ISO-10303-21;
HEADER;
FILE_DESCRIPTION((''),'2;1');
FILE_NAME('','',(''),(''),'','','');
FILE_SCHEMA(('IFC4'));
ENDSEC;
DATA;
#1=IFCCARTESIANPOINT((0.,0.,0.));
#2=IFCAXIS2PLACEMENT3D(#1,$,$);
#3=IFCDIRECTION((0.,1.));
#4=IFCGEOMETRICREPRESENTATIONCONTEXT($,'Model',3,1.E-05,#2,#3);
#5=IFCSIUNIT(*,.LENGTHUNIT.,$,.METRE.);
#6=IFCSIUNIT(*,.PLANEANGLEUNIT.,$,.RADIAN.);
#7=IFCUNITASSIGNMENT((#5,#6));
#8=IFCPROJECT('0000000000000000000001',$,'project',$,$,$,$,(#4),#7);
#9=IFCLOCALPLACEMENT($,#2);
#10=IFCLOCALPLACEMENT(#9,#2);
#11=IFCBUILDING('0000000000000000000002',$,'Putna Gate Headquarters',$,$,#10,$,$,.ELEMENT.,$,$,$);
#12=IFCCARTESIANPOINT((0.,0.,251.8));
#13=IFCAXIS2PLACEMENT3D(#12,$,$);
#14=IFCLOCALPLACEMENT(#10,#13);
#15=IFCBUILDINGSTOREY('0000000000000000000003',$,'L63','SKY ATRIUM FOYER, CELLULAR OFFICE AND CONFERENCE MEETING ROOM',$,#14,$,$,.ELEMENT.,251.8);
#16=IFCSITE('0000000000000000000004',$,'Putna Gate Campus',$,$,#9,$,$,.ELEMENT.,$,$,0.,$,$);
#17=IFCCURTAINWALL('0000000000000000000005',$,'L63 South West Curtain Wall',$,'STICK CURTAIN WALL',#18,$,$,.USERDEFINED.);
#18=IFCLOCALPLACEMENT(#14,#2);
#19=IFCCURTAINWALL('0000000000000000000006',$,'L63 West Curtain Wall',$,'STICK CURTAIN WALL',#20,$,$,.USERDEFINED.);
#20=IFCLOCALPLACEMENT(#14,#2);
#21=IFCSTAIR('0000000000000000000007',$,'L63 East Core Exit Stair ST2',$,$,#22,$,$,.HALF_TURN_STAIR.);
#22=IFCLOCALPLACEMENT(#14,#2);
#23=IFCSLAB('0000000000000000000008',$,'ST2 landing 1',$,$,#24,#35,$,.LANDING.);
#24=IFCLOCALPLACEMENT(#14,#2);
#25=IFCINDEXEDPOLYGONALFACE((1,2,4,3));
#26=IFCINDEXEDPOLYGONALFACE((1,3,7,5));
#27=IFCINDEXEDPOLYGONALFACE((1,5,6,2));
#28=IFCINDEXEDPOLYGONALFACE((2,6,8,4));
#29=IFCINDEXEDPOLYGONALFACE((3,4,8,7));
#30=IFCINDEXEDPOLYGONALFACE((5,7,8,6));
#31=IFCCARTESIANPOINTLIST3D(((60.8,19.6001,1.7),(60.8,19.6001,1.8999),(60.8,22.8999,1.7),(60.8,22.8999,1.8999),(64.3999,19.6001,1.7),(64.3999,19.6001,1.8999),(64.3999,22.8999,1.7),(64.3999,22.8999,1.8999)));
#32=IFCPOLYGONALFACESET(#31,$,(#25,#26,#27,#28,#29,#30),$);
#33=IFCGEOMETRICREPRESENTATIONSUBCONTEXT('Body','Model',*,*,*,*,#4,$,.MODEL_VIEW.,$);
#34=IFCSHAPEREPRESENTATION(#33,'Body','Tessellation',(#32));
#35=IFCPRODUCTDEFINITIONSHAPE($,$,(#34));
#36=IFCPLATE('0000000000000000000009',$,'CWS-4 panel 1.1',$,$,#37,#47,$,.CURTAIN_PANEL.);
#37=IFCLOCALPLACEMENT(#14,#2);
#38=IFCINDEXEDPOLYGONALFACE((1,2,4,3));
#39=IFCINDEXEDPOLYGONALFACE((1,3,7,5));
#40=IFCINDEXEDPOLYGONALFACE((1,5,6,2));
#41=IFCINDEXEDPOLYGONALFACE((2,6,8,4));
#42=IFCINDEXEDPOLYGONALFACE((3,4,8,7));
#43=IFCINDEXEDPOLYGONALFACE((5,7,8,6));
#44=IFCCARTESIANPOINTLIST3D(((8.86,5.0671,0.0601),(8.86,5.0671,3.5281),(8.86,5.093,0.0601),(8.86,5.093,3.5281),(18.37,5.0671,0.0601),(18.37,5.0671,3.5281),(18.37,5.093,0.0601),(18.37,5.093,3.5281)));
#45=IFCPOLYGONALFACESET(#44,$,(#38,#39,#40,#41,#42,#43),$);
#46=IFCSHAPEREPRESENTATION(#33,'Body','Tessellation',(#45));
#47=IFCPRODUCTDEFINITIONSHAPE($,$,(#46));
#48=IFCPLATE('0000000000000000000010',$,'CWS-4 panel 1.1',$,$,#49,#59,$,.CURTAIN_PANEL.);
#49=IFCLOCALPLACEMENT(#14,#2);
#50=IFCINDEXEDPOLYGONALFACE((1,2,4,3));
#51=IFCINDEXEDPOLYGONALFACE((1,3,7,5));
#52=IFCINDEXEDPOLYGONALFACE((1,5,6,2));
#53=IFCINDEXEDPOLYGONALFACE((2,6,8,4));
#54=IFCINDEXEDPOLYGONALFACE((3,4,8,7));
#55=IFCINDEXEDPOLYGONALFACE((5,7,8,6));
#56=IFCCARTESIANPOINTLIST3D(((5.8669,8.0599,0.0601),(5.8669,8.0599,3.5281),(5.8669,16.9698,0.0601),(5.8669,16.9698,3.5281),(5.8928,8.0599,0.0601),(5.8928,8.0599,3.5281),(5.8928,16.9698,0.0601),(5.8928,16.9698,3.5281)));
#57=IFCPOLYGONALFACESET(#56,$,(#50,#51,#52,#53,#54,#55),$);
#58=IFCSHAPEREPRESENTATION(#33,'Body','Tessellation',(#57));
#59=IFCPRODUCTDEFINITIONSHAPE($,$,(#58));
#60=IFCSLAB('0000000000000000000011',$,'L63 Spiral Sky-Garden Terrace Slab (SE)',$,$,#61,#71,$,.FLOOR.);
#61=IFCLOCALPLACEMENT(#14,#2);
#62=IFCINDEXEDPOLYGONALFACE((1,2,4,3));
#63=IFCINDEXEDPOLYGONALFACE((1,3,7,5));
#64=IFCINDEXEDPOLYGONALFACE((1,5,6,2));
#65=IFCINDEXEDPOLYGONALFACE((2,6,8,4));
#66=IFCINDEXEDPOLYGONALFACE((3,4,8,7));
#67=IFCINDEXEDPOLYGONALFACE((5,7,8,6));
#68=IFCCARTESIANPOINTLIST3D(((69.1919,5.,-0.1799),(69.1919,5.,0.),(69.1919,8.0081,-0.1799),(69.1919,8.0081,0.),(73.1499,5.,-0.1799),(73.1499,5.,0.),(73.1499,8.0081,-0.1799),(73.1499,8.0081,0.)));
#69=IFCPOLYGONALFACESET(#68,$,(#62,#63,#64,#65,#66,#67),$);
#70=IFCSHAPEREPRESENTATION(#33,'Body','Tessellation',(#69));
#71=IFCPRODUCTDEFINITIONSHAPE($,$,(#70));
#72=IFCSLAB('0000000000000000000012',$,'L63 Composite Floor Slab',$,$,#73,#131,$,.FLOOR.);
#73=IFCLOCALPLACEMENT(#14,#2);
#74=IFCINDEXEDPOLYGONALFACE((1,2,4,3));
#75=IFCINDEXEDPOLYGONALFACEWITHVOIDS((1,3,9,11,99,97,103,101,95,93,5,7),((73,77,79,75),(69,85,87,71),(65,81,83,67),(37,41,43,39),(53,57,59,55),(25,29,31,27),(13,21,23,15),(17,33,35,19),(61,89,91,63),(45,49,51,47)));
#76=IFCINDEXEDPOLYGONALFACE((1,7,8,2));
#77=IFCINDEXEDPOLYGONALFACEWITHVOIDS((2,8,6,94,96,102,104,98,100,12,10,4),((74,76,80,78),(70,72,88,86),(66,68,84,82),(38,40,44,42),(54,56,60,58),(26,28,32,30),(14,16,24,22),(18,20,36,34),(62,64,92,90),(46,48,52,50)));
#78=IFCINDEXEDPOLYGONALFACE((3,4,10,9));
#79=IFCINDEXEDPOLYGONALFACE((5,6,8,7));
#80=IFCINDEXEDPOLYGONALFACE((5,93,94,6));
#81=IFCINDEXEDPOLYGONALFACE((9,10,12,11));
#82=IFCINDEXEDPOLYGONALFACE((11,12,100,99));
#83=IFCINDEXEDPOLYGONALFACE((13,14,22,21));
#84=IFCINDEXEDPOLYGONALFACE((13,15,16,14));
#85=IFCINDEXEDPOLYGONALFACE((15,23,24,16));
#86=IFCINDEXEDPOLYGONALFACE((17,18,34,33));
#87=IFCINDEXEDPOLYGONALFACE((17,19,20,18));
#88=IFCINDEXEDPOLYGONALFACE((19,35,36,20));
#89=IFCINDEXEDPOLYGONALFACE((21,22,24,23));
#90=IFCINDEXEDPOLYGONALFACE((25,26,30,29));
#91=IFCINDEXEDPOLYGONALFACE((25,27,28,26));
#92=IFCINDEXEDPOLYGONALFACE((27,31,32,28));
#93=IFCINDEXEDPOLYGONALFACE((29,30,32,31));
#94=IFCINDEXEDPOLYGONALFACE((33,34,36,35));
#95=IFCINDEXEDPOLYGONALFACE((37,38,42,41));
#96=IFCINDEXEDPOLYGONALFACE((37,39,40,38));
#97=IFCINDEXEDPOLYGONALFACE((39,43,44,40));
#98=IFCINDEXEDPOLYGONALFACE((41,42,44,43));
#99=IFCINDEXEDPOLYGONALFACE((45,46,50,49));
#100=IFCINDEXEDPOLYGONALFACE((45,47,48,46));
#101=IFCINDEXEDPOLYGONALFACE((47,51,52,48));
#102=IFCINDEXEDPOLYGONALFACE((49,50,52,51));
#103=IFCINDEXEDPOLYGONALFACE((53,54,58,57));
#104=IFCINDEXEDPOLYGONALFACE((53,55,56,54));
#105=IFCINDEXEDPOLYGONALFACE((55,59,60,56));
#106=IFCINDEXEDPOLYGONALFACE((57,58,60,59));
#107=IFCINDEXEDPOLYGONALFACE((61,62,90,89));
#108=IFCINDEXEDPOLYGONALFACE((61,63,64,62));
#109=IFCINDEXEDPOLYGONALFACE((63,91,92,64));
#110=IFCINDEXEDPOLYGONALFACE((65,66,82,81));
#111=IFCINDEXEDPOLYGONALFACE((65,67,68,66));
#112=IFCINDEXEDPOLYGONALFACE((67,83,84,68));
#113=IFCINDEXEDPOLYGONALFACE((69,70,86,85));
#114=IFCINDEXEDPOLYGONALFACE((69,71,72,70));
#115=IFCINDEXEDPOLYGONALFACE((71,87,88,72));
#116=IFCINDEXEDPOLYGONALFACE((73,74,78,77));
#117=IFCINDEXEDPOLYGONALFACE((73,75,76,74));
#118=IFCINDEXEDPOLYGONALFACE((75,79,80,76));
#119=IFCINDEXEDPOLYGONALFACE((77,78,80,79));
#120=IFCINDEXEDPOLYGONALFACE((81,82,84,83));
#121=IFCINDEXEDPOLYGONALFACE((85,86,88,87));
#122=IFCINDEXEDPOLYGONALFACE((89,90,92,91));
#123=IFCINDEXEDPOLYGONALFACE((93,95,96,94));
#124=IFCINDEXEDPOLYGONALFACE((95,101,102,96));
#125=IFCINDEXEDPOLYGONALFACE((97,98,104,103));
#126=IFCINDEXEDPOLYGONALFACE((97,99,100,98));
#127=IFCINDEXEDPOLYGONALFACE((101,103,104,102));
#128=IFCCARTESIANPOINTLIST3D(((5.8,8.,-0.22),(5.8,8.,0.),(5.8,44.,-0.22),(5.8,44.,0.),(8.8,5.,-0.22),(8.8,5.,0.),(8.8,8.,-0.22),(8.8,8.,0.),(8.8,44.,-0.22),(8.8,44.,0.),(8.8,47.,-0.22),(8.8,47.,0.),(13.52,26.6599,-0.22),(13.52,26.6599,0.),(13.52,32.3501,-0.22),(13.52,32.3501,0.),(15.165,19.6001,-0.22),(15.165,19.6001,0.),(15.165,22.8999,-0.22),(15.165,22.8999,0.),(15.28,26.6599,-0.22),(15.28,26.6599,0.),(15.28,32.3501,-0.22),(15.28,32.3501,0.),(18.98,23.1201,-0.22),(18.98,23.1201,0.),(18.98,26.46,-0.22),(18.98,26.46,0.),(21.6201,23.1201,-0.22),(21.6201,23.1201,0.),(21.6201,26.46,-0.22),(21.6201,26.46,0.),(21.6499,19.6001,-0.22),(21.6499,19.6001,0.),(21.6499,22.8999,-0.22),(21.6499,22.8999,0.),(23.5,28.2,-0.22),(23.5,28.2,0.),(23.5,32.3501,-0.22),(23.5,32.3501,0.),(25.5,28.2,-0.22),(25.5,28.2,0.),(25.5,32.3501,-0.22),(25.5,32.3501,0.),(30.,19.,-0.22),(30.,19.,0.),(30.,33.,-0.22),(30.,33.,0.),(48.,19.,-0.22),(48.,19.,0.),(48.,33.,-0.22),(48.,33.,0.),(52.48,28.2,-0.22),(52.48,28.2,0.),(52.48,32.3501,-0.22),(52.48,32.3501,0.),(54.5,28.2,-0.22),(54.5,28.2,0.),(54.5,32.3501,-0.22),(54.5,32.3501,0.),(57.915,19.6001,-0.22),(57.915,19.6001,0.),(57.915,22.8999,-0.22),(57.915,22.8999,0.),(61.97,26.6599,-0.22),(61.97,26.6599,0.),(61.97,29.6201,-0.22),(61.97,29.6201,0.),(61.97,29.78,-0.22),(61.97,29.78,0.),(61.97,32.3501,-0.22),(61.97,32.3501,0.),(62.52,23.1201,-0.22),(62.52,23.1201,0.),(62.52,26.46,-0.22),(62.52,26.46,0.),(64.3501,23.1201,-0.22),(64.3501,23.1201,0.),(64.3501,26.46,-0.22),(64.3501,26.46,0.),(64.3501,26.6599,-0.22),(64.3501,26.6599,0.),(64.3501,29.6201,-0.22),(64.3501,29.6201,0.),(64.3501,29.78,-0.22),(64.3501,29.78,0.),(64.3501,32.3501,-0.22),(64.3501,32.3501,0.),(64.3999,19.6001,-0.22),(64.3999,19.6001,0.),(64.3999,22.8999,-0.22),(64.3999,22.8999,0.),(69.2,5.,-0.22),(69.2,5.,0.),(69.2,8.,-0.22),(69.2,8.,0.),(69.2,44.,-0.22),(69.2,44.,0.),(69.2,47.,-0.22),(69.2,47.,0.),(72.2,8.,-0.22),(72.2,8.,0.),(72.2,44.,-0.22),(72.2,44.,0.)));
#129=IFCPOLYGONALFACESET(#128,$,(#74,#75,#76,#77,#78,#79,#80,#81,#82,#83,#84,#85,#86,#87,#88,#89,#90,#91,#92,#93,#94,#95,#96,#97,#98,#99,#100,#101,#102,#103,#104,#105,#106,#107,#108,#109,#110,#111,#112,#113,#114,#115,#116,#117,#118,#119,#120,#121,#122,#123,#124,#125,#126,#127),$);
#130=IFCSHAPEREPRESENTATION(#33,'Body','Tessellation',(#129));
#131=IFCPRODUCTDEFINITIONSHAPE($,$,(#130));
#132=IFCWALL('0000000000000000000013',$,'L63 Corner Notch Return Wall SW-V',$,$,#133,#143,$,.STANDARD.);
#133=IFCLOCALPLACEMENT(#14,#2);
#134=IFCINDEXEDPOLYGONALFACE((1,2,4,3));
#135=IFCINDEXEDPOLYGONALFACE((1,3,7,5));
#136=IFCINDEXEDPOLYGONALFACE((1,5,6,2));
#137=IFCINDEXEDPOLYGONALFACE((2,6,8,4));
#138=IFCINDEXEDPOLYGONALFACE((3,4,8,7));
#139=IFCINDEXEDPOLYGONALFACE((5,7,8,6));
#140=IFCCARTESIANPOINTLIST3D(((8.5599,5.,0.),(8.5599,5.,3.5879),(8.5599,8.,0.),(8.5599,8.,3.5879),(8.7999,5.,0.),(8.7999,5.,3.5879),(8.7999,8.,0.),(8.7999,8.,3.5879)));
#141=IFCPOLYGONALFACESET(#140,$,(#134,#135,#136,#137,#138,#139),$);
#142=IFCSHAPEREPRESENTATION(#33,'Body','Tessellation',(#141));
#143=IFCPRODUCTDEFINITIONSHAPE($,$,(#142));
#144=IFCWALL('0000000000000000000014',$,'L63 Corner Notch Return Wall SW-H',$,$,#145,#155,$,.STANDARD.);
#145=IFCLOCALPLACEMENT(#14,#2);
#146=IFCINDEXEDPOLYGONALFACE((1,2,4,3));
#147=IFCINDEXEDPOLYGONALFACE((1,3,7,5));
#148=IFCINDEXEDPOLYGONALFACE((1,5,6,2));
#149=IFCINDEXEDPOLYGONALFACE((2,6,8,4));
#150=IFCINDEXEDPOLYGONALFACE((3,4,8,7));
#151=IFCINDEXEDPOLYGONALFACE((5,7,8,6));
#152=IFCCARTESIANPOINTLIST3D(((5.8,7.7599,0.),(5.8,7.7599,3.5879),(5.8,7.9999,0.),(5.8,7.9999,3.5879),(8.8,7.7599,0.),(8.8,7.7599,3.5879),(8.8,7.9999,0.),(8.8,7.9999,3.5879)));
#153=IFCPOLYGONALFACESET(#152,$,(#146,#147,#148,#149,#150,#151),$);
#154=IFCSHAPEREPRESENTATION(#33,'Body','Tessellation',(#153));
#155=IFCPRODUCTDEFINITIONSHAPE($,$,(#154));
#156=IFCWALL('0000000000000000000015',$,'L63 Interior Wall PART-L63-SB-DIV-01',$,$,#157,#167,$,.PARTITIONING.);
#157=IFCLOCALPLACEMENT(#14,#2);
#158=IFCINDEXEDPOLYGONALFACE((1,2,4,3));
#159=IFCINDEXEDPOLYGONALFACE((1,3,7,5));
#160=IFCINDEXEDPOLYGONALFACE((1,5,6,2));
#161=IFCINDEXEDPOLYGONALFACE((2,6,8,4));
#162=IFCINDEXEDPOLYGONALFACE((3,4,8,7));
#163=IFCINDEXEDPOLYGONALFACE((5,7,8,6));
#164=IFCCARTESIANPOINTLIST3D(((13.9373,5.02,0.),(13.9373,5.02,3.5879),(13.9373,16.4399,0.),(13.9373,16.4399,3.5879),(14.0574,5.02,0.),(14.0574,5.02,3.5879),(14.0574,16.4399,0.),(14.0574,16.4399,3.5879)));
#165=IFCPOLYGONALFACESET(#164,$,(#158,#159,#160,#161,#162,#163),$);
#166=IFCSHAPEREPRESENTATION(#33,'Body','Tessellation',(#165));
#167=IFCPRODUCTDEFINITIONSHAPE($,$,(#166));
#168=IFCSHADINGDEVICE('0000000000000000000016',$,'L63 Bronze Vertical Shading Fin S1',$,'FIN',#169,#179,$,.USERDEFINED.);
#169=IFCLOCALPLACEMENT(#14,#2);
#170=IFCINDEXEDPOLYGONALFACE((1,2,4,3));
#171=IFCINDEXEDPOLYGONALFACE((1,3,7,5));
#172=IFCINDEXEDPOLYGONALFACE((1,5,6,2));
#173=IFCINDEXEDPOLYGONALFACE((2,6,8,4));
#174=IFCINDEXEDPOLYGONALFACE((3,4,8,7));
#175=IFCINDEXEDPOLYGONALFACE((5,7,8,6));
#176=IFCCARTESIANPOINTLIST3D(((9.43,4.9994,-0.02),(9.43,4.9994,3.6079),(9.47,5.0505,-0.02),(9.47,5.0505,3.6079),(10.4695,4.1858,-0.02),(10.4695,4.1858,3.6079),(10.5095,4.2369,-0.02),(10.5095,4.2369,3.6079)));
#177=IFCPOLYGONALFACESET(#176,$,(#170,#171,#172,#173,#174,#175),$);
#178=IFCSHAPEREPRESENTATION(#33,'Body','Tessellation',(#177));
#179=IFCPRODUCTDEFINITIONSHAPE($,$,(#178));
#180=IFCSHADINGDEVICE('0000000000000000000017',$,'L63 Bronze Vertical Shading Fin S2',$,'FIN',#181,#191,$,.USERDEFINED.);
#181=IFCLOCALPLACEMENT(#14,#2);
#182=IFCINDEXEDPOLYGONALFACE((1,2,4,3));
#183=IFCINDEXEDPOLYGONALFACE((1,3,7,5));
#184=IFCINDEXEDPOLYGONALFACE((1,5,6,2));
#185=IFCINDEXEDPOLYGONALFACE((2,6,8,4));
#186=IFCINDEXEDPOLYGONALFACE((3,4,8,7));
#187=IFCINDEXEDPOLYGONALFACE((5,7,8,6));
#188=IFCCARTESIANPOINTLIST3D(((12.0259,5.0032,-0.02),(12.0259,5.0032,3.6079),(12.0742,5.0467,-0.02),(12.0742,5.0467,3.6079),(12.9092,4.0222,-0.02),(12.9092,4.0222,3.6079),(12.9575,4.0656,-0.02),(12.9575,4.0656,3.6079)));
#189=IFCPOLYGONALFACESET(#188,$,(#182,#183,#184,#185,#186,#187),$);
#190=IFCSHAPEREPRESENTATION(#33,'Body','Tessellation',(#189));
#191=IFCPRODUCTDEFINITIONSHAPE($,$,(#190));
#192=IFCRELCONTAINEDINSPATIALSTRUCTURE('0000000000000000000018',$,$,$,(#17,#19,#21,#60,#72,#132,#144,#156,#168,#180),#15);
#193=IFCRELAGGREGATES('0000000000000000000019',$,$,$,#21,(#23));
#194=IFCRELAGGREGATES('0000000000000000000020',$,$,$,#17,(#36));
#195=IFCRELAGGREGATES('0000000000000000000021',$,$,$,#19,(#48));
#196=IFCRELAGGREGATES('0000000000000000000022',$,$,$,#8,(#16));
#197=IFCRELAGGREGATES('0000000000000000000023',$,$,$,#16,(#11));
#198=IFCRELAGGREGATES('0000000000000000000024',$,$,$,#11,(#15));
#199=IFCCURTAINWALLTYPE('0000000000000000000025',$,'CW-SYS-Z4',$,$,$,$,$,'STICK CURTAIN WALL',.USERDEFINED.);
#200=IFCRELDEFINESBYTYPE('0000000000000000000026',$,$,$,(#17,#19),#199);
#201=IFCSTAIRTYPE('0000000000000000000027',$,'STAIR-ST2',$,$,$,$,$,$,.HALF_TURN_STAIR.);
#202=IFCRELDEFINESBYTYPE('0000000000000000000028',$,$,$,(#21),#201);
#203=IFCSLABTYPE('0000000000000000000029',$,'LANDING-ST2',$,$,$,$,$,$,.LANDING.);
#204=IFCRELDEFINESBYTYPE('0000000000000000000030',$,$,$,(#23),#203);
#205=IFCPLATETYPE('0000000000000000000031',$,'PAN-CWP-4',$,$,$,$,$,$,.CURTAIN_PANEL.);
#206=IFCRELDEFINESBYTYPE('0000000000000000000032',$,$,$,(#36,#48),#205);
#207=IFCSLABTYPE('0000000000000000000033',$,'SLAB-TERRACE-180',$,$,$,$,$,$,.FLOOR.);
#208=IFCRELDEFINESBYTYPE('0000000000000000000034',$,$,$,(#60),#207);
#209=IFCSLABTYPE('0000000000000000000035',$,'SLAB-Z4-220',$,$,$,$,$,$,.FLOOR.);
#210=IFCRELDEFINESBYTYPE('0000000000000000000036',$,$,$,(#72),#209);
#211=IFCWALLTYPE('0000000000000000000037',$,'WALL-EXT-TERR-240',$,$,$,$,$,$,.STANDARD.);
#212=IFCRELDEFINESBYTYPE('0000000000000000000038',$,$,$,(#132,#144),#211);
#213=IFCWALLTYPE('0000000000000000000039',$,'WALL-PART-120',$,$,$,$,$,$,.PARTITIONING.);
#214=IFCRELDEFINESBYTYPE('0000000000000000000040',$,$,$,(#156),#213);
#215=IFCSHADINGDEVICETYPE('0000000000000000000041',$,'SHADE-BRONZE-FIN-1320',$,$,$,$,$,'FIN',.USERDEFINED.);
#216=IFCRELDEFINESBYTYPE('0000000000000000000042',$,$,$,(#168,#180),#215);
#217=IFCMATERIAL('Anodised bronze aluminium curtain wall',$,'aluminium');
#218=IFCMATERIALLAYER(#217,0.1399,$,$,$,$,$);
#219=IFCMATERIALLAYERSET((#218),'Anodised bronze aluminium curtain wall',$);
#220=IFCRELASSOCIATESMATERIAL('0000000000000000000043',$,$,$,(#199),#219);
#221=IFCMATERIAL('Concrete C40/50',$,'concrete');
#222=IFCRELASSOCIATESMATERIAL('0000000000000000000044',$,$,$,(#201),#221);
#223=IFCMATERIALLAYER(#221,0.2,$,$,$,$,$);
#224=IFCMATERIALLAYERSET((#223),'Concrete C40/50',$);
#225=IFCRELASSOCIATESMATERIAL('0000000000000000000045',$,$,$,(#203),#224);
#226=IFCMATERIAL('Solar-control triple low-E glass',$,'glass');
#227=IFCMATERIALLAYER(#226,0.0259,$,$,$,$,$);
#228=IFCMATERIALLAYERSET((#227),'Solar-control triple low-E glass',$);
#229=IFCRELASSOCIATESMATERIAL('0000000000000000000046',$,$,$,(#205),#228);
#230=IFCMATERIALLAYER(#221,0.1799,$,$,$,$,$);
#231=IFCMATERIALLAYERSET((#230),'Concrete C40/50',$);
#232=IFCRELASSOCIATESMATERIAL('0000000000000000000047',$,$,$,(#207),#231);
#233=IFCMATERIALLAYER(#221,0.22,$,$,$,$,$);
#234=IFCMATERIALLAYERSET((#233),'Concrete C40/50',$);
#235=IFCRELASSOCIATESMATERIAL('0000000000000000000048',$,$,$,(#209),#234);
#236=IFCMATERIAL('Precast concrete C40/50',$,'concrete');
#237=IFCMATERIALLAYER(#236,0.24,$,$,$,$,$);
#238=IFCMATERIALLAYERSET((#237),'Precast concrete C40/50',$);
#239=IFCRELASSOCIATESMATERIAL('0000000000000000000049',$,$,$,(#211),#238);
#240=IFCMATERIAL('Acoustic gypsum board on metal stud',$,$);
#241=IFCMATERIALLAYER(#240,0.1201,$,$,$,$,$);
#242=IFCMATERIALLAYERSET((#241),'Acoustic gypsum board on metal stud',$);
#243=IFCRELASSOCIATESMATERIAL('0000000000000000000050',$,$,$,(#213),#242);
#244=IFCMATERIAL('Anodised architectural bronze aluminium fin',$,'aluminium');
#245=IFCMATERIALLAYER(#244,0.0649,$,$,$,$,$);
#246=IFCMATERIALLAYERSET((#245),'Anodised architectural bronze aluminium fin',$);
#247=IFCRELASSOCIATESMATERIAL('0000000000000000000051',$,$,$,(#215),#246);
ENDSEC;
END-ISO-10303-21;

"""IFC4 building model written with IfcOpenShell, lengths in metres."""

from ifc_helpers import new_model, si_unit, direction, frame, frame_2d, origin, origin_2d, place, context, subcontext, project, spatial, polyline, rectangle, outline, extrude, material, layer, layer_set, type_object, element, aggregate, save


model = new_model("IFC4")

# Units and contexts
model_context = context("Model", 3, precision=1e-05, world=origin(), true_north=direction((0.0, 1.0)))
body_context = subcontext(model_context, "Body", "Model", "MODEL_VIEW")
ifc_project = project(units=[si_unit("LENGTHUNIT", "METRE"), si_unit("PLANEANGLEUNIT", "RADIAN")], contexts=[model_context])

# Site, building, storey
site_placement = place(None, origin())
site = spatial("IfcSite", under=ifc_project, at=site_placement, Name="Putna Gate Campus", CompositionType="ELEMENT", RefElevation=0.0)
building_placement = place(site_placement, origin())
building = spatial("IfcBuilding", under=site, at=building_placement, Name="Putna Gate Headquarters", CompositionType="ELEMENT")
storey_placement = place(building_placement, frame((0.0, 0.0, 251.8)))
storey = spatial("IfcBuildingStorey", under=building, at=storey_placement, Name="L63", Description="SKY ATRIUM FOYER, CELLULAR OFFICE AND CONFERENCE MEETING ROOM", CompositionType="ELEMENT", Elevation=251.8)

# Curtain walls
ifc_material_1 = material(Name="Anodised bronze aluminium curtain wall", Category="aluminium")
ifc_layer_1 = layer(ifc_material_1, 0.1399)
ifc_layer_set_1 = layer_set([ifc_layer_1], Name="Anodised bronze aluminium curtain wall")
curtain_wall_type = type_object("IfcCurtainWallType", Name="CW-SYS-Z4", ElementType="STICK CURTAIN WALL", PredefinedType="USERDEFINED", material=ifc_layer_set_1)
curtain_wall_1_placement = place(storey_placement, origin())
curtain_wall_1 = element("IfcCurtainWall", 1, at=curtain_wall_1_placement, inside=storey, type_object=curtain_wall_type, Name="L63 South West Curtain Wall", ObjectType="STICK CURTAIN WALL", PredefinedType="USERDEFINED")
curtain_wall_2_placement = place(storey_placement, origin())
curtain_wall_2 = element("IfcCurtainWall", 2, at=curtain_wall_2_placement, inside=storey, type_object=curtain_wall_type, Name="L63 West Curtain Wall", ObjectType="STICK CURTAIN WALL", PredefinedType="USERDEFINED")

# Stair, slab
ifc_material_2 = material(Name="Concrete C40/50", Category="concrete")
stair_type_1 = type_object("IfcStairType", Name="STAIR-ST2", PredefinedType="HALF_TURN_STAIR", material=ifc_material_2)
stair_1_placement = place(storey_placement, origin())
stair_1 = element("IfcStair", 3, at=stair_1_placement, inside=storey, type_object=stair_type_1, Name="L63 East Core Exit Stair ST2", PredefinedType="HALF_TURN_STAIR")
ifc_layer_2 = layer(ifc_material_2, 0.2)
ifc_layer_set_2 = layer_set([ifc_layer_2], Name="Concrete C40/50")
slab_type_1 = type_object("IfcSlabType", Name="LANDING-ST2", PredefinedType="LANDING", material=ifc_layer_set_2)
slab_1_placement = place(storey_placement, frame((0.0, 0.0, 1.7)))
slab_1 = element("IfcSlab", 4, at=slab_1_placement, type_object=slab_type_1, Name="ST2 landing 1", PredefinedType="LANDING", context=body_context, shape_type="SweptSolid", body=[
    extrude(outline(polyline([(60.8, 19.6001), (64.3999, 19.6001), (64.3999, 22.8999), (60.8, 22.8999), (60.8, 19.6001)])), origin(), (0.0, 0.0, 1.0), 0.2),
])
aggregate(stair_1, [slab_1])

# Plates
ifc_material_3 = material(Name="Solar-control triple low-E glass", Category="glass")
ifc_layer_3 = layer(ifc_material_3, 0.0259)
ifc_layer_set_3 = layer_set([ifc_layer_3], Name="Solar-control triple low-E glass")
plate_type = type_object("IfcPlateType", Name="PAN-CWP-4", PredefinedType="CURTAIN_PANEL", material=ifc_layer_set_3)
plate_1_placement = place(storey_placement, frame((13.615, 5.0801, 0.0601), z_axis=(0.0, 0.0, 1.0), x_axis=(1.0, 0.0, 0.0)))
plate_1 = element("IfcPlate", 5, at=plate_1_placement, type_object=plate_type, Name="CWS-4 panel 1.1", PredefinedType="CURTAIN_PANEL", context=body_context, shape_type="SweptSolid", body=[
    extrude(rectangle(XDim=9.51, YDim=0.0259, at=origin_2d()), origin(), (0.0, 0.0, 1.0), 3.468),
])
aggregate(curtain_wall_1, [plate_1])
plate_2_placement = place(storey_placement, frame((5.8799, 12.5149, 0.0601), z_axis=(0.0, 0.0, 1.0), x_axis=(0.0, 1.0, 0.0)))
plate_2 = element("IfcPlate", 6, at=plate_2_placement, type_object=plate_type, Name="CWS-4 panel 1.1", PredefinedType="CURTAIN_PANEL", context=body_context, shape_type="SweptSolid", body=[
    extrude(rectangle(XDim=8.9099, YDim=0.0259, at=origin_2d()), origin(), (0.0, 0.0, 1.0), 3.468),
])
aggregate(curtain_wall_2, [plate_2])

# Slabs
ifc_layer_4 = layer(ifc_material_2, 0.1799)
ifc_layer_set_4 = layer_set([ifc_layer_4], Name="Concrete C40/50")
slab_type_2 = type_object("IfcSlabType", Name="SLAB-TERRACE-180", PredefinedType="FLOOR", material=ifc_layer_set_4)
slab_2_placement = place(storey_placement, frame((0.0, 0.0, -0.1799)))
element("IfcSlab", 7, at=slab_2_placement, inside=storey, type_object=slab_type_2, Name="L63 Spiral Sky-Garden Terrace Slab (SE)", PredefinedType="FLOOR", context=body_context, shape_type="SweptSolid", body=[
    extrude(outline(polyline([(69.1919, 5.0), (73.1499, 5.0), (73.1499, 8.0081), (69.1919, 8.0081), (69.1919, 5.0)])), origin(), (0.0, 0.0, 1.0), 0.1799),
])
ifc_layer_5 = layer(ifc_material_2, 0.22)
ifc_layer_set_5 = layer_set([ifc_layer_5], Name="Concrete C40/50")
slab_type_3 = type_object("IfcSlabType", Name="SLAB-Z4-220", PredefinedType="FLOOR", material=ifc_layer_set_5)
slab_3_placement = place(storey_placement, frame((0.0, 0.0, -0.22)))
element("IfcSlab", 8, at=slab_3_placement, inside=storey, type_object=slab_type_3, Name="L63 Composite Floor Slab", PredefinedType="FLOOR", context=body_context, shape_type="SweptSolid", body=[
    extrude(outline(polyline([(8.8, 5.0), (69.2, 5.0), (69.2, 8.0), (72.2, 8.0), (72.2, 44.0), (69.2, 44.0), (69.2, 47.0), (8.8, 47.0), (8.8, 44.0), (5.8, 44.0), (5.8, 8.0), (8.8, 8.0), (8.8, 5.0)]), holes=[polyline([(15.165, 19.6001), (21.6499, 19.6001), (21.6499, 22.8999), (15.165, 22.8999), (15.165, 19.6001)]), polyline([(57.915, 19.6001), (64.3999, 19.6001), (64.3999, 22.8999), (57.915, 22.8999), (57.915, 19.6001)]), polyline([(13.52, 26.6599), (15.28, 26.6599), (15.28, 32.3501), (13.52, 32.3501), (13.52, 26.6599)]), polyline([(61.97, 29.78), (64.3501, 29.78), (64.3501, 32.3501), (61.97, 32.3501), (61.97, 29.78)]), polyline([(18.98, 23.1201), (21.6201, 23.1201), (21.6201, 26.46), (18.98, 26.46), (18.98, 23.1201)]), polyline([(62.52, 23.1201), (64.3501, 23.1201), (64.3501, 26.46), (62.52, 26.46), (62.52, 23.1201)]), polyline([(61.97, 26.6599), (64.3501, 26.6599), (64.3501, 29.6201), (61.97, 29.6201), (61.97, 26.6599)]), polyline([(23.5, 28.2), (25.5, 28.2), (25.5, 32.3501), (23.5, 32.3501), (23.5, 28.2)]), polyline([(52.48, 28.2), (54.5, 28.2), (54.5, 32.3501), (52.48, 32.3501), (52.48, 28.2)]), polyline([(30.0, 19.0), (48.0, 19.0), (48.0, 33.0), (30.0, 33.0), (30.0, 19.0)])]), origin(), (0.0, 0.0, 1.0), 0.22),
])

# Walls
ifc_material_4 = material(Name="Precast concrete C40/50", Category="concrete")
ifc_layer_6 = layer(ifc_material_4, 0.24)
ifc_layer_set_6 = layer_set([ifc_layer_6], Name="Precast concrete C40/50")
wall_type_1 = type_object("IfcWallType", Name="WALL-EXT-TERR-240", PredefinedType="STANDARD", material=ifc_layer_set_6)
for number, where, z_axis, x_axis, name in (
    (9, (8.6799, 5.0, 0.0), (0.0, 0.0, 1.0), (0.0, 1.0, 0.0), "L63 Corner Notch Return Wall SW-V"),
    (10, (8.8, 7.8799, 0.0), (0.0, 0.0, 1.0), (-1.0, 0.0, 0.0), "L63 Corner Notch Return Wall SW-H"),
):
    element("IfcWall", number, at=place(storey_placement, frame(where, z_axis=z_axis, x_axis=x_axis)), inside=storey, type_object=wall_type_1, Name=name, PredefinedType="STANDARD", context=body_context, shape_type="SweptSolid", body=[
        extrude(rectangle(XDim=3.0, YDim=0.24, at=frame_2d((1.5, 0.0))), origin(), (0.0, 0.0, 1.0), 3.5879),
    ])
ifc_material_5 = material(Name="Acoustic gypsum board on metal stud")
ifc_layer_7 = layer(ifc_material_5, 0.1201)
ifc_layer_set_7 = layer_set([ifc_layer_7], Name="Acoustic gypsum board on metal stud")
wall_type_2 = type_object("IfcWallType", Name="WALL-PART-120", PredefinedType="PARTITIONING", material=ifc_layer_set_7)
wall_placement = place(storey_placement, frame((13.9973, 5.02, 0.0), z_axis=(0.0, 0.0, 1.0), x_axis=(0.0, 1.0, 0.0)))
element("IfcWall", 11, at=wall_placement, inside=storey, type_object=wall_type_2, Name="L63 Interior Wall PART-L63-SB-DIV-01", PredefinedType="PARTITIONING", context=body_context, shape_type="SweptSolid", body=[
    extrude(rectangle(XDim=11.4199, YDim=0.1201, at=frame_2d((5.71, 0.0))), origin(), (0.0, 0.0, 1.0), 3.5879),
])

# Shading devices
ifc_material_6 = material(Name="Anodised architectural bronze aluminium fin", Category="aluminium")
ifc_layer_8 = layer(ifc_material_6, 0.0649)
ifc_layer_set_8 = layer_set([ifc_layer_8], Name="Anodised architectural bronze aluminium fin")
shading_device_type = type_object("IfcShadingDeviceType", Name="SHADE-BRONZE-FIN-1320", ElementType="FIN", PredefinedType="USERDEFINED", material=ifc_layer_set_8)
for number, where, z_axis, x_axis, name in (
    (12, (9.9697, 4.6182, -0.02), (0.0, 0.0, 1.0), (0.787473, -0.616349, 0.0), "L63 Bronze Vertical Shading Fin S1"),
    (13, (12.4917, 4.5344, -0.02), (0.0, 0.0, 1.0), (0.669131, -0.743145, 0.0), "L63 Bronze Vertical Shading Fin S2"),
):
    element("IfcShadingDevice", number, at=place(storey_placement, frame(where, z_axis=z_axis, x_axis=x_axis)), inside=storey, type_object=shading_device_type, Name=name, ObjectType="FIN", PredefinedType="USERDEFINED", context=body_context, shape_type="SweptSolid", body=[
        extrude(rectangle(XDim=1.3201, YDim=0.0649, at=origin_2d()), origin(), (0.0, 0.0, 1.0), 3.6279),
    ])

save(model, "model.ifc")
